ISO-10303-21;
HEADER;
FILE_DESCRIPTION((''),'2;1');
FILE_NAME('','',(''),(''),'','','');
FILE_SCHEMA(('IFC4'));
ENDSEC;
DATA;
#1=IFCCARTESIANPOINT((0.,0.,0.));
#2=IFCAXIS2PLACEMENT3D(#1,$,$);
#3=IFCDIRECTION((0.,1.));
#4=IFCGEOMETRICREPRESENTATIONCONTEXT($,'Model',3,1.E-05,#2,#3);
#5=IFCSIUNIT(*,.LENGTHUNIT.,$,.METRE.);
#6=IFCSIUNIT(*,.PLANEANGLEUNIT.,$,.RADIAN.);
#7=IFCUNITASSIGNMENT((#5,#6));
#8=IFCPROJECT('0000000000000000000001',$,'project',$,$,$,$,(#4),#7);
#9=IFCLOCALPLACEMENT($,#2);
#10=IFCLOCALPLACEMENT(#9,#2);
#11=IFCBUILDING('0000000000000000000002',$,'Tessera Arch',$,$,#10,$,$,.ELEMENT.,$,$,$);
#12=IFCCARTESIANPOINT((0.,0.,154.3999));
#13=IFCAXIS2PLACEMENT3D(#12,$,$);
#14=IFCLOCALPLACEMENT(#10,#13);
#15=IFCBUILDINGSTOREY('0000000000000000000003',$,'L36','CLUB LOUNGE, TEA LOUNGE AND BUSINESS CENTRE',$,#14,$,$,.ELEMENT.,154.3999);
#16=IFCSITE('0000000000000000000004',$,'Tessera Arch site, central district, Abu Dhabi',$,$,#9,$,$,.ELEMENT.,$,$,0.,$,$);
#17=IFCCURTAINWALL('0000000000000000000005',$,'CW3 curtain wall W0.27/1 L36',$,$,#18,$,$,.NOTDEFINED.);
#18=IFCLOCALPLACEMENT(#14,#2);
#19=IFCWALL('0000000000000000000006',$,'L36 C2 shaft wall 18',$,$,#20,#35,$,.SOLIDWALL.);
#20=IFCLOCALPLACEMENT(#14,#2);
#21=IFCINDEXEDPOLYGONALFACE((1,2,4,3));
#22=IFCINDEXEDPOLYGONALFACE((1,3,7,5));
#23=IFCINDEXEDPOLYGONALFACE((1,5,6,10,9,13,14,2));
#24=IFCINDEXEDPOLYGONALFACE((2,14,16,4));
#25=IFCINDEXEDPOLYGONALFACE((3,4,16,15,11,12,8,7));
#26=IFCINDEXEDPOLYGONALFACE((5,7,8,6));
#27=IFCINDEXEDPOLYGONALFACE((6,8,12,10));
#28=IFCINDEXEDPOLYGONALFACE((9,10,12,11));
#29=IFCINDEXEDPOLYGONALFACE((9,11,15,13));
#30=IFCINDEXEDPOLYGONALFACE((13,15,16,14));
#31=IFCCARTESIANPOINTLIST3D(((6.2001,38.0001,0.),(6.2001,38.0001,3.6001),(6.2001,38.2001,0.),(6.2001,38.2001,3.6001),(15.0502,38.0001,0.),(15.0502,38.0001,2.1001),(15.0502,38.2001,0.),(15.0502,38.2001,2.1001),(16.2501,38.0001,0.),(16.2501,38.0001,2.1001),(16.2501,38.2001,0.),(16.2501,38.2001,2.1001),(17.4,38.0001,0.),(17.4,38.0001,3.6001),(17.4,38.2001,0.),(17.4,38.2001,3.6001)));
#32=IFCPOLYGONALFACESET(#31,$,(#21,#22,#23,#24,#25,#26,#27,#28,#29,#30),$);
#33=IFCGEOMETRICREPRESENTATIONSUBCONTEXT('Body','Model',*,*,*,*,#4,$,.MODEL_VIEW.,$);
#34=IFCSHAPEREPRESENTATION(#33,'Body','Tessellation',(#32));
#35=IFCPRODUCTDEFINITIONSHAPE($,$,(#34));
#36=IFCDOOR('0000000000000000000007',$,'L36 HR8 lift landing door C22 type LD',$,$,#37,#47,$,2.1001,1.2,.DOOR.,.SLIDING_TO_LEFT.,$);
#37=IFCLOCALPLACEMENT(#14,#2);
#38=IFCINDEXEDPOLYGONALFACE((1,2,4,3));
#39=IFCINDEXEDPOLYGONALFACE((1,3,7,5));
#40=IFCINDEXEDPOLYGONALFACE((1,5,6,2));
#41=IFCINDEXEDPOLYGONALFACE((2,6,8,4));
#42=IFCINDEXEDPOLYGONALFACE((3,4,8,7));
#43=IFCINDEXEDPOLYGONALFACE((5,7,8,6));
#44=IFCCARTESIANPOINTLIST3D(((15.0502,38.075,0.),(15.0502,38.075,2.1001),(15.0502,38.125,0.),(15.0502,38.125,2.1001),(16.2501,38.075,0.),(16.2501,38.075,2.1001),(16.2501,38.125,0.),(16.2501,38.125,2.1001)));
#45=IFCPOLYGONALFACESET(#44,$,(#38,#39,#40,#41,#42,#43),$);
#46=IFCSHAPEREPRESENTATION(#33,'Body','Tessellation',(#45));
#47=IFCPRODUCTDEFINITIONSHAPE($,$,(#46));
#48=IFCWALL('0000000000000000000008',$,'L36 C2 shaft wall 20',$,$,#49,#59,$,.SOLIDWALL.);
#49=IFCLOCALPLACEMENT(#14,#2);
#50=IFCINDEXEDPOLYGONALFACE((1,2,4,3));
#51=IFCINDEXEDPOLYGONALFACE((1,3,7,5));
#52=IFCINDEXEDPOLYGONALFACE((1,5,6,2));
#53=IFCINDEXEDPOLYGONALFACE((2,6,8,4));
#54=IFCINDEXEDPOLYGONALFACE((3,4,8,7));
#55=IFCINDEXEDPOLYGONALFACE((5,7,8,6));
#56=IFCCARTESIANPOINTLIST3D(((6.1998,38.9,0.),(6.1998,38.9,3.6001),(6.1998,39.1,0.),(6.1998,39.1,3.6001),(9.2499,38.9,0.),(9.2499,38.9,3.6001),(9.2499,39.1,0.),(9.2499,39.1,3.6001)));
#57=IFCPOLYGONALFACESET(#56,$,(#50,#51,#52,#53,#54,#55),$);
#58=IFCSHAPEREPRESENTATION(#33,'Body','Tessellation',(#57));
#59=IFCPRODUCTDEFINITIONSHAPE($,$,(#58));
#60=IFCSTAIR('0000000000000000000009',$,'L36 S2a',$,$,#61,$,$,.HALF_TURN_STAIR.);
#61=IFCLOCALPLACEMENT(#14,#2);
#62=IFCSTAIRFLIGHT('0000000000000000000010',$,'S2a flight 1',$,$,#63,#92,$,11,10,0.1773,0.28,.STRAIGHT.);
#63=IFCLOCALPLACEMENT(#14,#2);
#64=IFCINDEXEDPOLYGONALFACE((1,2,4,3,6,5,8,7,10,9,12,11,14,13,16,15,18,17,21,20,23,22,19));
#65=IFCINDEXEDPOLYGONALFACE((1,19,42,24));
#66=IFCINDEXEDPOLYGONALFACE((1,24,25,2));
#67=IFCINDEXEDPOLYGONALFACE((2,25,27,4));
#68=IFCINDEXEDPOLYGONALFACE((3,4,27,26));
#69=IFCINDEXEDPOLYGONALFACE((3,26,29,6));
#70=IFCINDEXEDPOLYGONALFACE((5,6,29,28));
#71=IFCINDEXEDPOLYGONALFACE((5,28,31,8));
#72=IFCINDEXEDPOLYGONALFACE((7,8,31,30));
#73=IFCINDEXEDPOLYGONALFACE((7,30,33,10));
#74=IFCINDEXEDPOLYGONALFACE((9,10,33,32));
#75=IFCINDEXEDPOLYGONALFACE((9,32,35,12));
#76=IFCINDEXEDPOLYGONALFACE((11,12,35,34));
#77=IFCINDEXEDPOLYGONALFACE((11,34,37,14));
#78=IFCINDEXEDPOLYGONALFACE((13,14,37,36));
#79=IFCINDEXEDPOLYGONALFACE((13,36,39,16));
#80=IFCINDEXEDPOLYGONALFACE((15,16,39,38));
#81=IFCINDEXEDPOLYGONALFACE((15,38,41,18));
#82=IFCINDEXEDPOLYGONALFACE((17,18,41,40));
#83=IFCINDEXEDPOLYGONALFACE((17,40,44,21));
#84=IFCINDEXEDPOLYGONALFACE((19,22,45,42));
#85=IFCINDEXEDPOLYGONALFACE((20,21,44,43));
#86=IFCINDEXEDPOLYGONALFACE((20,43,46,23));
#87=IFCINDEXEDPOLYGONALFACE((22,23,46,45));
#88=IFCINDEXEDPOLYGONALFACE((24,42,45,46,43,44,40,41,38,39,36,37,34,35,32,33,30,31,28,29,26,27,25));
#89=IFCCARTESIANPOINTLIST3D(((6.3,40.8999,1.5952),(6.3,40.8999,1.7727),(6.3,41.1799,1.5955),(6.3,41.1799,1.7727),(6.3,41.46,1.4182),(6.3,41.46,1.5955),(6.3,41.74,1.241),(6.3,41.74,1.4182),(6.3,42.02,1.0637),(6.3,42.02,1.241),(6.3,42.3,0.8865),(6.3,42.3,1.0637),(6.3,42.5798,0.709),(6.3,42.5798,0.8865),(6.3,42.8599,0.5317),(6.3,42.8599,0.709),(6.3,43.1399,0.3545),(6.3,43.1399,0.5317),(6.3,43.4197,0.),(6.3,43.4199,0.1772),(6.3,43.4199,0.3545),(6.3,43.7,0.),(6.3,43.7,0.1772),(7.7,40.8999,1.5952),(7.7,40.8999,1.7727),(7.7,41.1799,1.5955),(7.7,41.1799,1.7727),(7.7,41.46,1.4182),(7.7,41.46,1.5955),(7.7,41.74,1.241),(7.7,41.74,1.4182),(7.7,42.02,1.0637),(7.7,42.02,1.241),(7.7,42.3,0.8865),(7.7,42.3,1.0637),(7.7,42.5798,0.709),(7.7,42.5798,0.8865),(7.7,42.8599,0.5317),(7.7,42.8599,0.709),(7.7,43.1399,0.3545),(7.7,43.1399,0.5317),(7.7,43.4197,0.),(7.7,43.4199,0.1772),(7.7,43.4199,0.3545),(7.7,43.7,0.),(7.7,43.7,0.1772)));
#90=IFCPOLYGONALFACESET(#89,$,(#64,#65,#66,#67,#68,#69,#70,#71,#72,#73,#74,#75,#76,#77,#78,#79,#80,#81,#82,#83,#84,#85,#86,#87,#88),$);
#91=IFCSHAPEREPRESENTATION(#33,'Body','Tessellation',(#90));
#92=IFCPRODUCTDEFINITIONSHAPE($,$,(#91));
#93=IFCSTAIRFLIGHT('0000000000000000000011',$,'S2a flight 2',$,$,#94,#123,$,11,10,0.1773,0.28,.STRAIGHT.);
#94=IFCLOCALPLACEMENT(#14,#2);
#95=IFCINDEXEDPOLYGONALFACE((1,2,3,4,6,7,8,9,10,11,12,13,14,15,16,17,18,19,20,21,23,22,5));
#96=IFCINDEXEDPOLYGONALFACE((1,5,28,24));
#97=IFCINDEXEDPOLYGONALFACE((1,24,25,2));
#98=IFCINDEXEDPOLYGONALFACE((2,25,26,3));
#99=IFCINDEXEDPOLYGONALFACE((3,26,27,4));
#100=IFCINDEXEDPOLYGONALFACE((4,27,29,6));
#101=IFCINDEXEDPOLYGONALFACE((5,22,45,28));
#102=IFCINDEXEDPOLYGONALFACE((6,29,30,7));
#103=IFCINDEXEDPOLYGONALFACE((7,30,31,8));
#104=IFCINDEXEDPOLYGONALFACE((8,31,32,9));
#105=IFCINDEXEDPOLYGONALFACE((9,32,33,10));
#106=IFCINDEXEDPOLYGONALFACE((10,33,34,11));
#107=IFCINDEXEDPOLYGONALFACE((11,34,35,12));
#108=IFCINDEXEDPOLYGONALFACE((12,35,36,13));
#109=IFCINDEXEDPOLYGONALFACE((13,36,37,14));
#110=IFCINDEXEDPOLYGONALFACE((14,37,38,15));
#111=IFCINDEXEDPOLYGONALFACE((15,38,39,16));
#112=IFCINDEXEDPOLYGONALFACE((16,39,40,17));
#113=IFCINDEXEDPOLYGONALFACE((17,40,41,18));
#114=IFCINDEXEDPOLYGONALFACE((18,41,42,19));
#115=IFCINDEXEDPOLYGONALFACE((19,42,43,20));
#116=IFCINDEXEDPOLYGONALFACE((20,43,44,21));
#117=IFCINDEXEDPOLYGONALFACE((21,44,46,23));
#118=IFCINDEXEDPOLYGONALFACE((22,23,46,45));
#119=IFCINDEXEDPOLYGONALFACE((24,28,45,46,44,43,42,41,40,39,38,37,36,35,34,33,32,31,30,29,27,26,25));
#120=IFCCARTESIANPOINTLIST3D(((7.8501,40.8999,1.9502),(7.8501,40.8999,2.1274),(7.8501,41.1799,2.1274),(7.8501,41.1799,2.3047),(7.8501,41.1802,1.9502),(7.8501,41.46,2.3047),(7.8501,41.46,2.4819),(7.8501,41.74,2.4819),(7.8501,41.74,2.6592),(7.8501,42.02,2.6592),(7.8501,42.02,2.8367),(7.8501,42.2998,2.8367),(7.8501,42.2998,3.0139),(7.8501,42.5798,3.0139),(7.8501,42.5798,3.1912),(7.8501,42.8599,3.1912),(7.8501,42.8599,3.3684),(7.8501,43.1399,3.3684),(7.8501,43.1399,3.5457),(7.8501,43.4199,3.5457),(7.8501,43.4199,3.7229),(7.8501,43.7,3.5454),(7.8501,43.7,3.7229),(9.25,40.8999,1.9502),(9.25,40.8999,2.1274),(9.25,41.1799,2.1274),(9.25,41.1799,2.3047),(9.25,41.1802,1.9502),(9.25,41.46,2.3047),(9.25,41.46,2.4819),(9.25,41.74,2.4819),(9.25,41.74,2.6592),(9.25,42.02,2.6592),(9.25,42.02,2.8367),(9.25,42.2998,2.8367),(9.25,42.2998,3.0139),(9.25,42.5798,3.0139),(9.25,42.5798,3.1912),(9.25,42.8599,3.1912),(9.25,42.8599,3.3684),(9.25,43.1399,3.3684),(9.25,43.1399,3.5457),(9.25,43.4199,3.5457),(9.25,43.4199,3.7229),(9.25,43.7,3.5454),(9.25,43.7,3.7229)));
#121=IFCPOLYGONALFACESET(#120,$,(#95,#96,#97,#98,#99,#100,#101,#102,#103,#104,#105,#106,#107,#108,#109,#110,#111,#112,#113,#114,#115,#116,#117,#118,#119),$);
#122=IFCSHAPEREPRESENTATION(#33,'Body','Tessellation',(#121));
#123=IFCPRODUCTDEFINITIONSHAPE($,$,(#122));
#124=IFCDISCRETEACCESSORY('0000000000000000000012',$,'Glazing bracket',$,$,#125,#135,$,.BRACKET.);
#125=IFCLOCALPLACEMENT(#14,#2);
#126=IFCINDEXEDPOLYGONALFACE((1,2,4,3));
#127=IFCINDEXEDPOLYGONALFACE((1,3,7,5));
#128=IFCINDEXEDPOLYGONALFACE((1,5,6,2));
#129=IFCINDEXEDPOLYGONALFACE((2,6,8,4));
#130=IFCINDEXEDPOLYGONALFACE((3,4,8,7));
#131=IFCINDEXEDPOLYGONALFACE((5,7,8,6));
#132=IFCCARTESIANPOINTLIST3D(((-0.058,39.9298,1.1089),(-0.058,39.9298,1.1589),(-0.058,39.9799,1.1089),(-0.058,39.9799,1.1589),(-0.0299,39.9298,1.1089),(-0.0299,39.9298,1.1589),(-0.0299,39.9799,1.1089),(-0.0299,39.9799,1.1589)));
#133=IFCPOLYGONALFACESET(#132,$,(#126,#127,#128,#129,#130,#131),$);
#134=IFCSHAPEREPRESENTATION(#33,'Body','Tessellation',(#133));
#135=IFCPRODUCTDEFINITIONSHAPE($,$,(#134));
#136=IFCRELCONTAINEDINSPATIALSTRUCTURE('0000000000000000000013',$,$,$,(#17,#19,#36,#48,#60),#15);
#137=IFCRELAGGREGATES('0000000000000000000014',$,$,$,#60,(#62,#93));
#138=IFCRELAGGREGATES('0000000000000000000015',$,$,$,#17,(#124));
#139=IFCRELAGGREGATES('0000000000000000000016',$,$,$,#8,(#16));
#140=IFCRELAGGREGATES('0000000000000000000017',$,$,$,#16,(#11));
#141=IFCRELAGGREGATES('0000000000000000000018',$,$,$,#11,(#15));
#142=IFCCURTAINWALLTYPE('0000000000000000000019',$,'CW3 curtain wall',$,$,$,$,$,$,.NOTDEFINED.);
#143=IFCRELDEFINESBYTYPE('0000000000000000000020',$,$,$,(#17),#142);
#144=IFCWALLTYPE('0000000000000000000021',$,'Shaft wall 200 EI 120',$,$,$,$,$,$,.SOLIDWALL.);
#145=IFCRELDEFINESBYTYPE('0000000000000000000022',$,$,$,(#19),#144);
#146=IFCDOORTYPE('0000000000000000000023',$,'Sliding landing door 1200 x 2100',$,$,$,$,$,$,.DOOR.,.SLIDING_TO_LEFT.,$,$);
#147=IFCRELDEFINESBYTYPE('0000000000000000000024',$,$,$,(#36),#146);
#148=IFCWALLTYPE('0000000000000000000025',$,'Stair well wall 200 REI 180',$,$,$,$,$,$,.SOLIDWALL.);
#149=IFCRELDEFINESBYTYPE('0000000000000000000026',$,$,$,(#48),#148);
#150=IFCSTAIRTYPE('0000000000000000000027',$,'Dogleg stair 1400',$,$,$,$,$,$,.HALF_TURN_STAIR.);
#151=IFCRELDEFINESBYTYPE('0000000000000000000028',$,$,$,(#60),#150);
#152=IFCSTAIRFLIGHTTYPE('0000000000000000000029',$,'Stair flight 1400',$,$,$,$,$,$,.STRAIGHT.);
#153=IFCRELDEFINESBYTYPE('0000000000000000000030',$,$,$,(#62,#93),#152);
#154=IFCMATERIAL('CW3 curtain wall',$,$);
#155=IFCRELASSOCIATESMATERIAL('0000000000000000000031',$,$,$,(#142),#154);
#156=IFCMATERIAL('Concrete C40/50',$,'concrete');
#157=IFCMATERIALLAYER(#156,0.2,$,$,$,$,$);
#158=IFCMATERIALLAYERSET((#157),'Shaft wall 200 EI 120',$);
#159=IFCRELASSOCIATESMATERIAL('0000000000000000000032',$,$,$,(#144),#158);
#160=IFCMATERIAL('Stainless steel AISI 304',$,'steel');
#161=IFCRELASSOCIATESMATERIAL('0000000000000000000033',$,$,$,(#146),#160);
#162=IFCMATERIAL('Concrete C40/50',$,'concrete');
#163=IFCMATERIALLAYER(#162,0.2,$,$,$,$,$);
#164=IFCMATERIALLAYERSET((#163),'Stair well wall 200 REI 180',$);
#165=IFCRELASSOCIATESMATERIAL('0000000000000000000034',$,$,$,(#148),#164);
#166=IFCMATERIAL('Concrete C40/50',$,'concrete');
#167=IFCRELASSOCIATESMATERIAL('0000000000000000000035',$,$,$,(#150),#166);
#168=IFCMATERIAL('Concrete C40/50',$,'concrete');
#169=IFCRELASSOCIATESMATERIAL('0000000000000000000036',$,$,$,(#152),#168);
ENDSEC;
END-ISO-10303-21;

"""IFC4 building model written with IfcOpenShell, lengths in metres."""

from ifc_helpers import new_model, si_unit, direction, frame, frame_2d, origin, origin_2d, place, context, subcontext, project, spatial, polyline, rectangle, outline, extrude, material, layer, layer_set, type_object, element, fill, aggregate, save


model = new_model("IFC4")

# Units and contexts
model_context = context("Model", 3, precision=1e-05, world=origin(), true_north=direction((0.0, 1.0)))
body_context = subcontext(model_context, "Body", "Model", "MODEL_VIEW")
ifc_project = project(units=[si_unit("LENGTHUNIT", "METRE"), si_unit("PLANEANGLEUNIT", "RADIAN")], contexts=[model_context])

# Site, building, storey
site_placement = place(None, origin())
site = spatial("IfcSite", under=ifc_project, at=site_placement, Name="Tessera Arch site, central district, Abu Dhabi", CompositionType="ELEMENT", RefElevation=0.0)
building_placement = place(site_placement, origin())
building = spatial("IfcBuilding", under=site, at=building_placement, Name="Tessera Arch", CompositionType="ELEMENT")
storey_placement = place(building_placement, frame((0.0, 0.0, 154.3999)))
storey = spatial("IfcBuildingStorey", under=building, at=storey_placement, Name="L36", Description="CLUB LOUNGE, TEA LOUNGE AND BUSINESS CENTRE", CompositionType="ELEMENT", Elevation=154.3999)

# Curtain wall
ifc_material_1 = material(Name="CW3 curtain wall")
curtain_wall_type_1 = type_object("IfcCurtainWallType", Name="CW3 curtain wall", PredefinedType="NOTDEFINED", material=ifc_material_1)
curtain_wall_1_placement = place(storey_placement, origin())
curtain_wall_1 = element("IfcCurtainWall", 1, at=curtain_wall_1_placement, inside=storey, type_object=curtain_wall_type_1, Name="CW3 curtain wall W0.27/1 L36", PredefinedType="NOTDEFINED")

# Wall, opening, door
ifc_material_2 = material(Name="Concrete C40/50", Category="concrete")
ifc_layer_1 = layer(ifc_material_2, 0.2)
ifc_layer_set_1 = layer_set([ifc_layer_1], Name="Shaft wall 200 EI 120")
wall_type_1 = type_object("IfcWallType", Name="Shaft wall 200 EI 120", PredefinedType="SOLIDWALL", material=ifc_layer_set_1)
wall_1_placement = place(storey_placement, frame((6.2, 38.1001, 0.0), z_axis=(0.0, 0.0, 1.0), x_axis=(1.0, 0.0, 0.0)))
wall_1 = element("IfcWall", 2, at=wall_1_placement, inside=storey, type_object=wall_type_1, Name="L36 C2 shaft wall 18", PredefinedType="SOLIDWALL", context=body_context, shape_type="SweptSolid", body=[
    extrude(rectangle(XDim=11.2, YDim=0.2, at=frame_2d((5.6001, 0.0))), origin(), (0.0, 0.0, 1.0), 3.6001),
])
opening_1_placement = place(wall_1_placement, frame((8.8501, 0.0, 0.0)))
opening_1 = element("IfcOpeningElement", 3, at=opening_1_placement, cuts=wall_1, PredefinedType="OPENING", context=body_context, shape_type="SweptSolid", body=[
    extrude(rectangle(XDim=1.2, YDim=2.1001, at=frame_2d((0.6001, 1.05))), frame((0.0, 0.1099, 0.0), z_axis=(0.0, -1.0, 0.0), x_axis=(1.0, 0.0, 0.0)), (0.0, 0.0, 1.0), 0.22),
])
ifc_material_3 = material(Name="Stainless steel AISI 304", Category="steel")
door_type_1 = type_object("IfcDoorType", Name="Sliding landing door 1200 x 2100", OperationType="SLIDING_TO_LEFT", PredefinedType="DOOR", material=ifc_material_3)
door_1_placement = place(opening_1_placement, origin())
door_1 = element("IfcDoor", 4, at=door_1_placement, inside=storey, type_object=door_type_1, Name="L36 HR8 lift landing door C22 type LD", OperationType="SLIDING_TO_LEFT", OverallHeight=2.1001, OverallWidth=1.2, PredefinedType="DOOR", context=body_context, shape_type="SweptSolid", body=[
    extrude(rectangle(XDim=1.2, YDim=2.1001, at=frame_2d((0.6001, 1.05))), frame((0.0, 0.0249, 0.0), z_axis=(0.0, -1.0, 0.0), x_axis=(1.0, 0.0, 0.0)), (0.0, 0.0, 1.0), 0.05),
])
fill(opening_1, door_1)

# Wall
ifc_material_4 = material(Name="Concrete C40/50", Category="concrete")
ifc_layer_2 = layer(ifc_material_4, 0.2)
ifc_layer_set_2 = layer_set([ifc_layer_2], Name="Stair well wall 200 REI 180")
wall_type_2 = type_object("IfcWallType", Name="Stair well wall 200 REI 180", PredefinedType="SOLIDWALL", material=ifc_layer_set_2)
wall_2_placement = place(storey_placement, frame((6.2, 39.0, 0.0), z_axis=(0.0, 0.0, 1.0), x_axis=(1.0, 0.0, 0.0)))
element("IfcWall", 5, at=wall_2_placement, inside=storey, type_object=wall_type_2, Name="L36 C2 shaft wall 20", PredefinedType="SOLIDWALL", context=body_context, shape_type="SweptSolid", body=[
    extrude(rectangle(XDim=3.05, YDim=0.2, at=frame_2d((1.5249, 0.0))), origin(), (0.0, 0.0, 1.0), 3.6001),
])

# Stair, stair flights
ifc_material_5 = material(Name="Concrete C40/50", Category="concrete")
stair_type = type_object("IfcStairType", Name="Dogleg stair 1400", PredefinedType="HALF_TURN_STAIR", material=ifc_material_5)
stair_placement = place(storey_placement, origin())
stair = element("IfcStair", 6, at=stair_placement, inside=storey, type_object=stair_type, Name="L36 S2a", PredefinedType="HALF_TURN_STAIR")
ifc_material_6 = material(Name="Concrete C40/50", Category="concrete")
stair_flight_type = type_object("IfcStairFlightType", Name="Stair flight 1400", PredefinedType="STRAIGHT", material=ifc_material_6)
stair_flight_1_placement = place(storey_placement, frame((7.0, 43.7, 0.0), z_axis=(0.0, 0.0, 1.0), x_axis=(0.0, -1.0, 0.0)))
stair_flight_1 = element("IfcStairFlight", 7, at=stair_flight_1_placement, type_object=stair_flight_type, Name="S2a flight 1", NumberOfRisers=11, NumberOfTreads=10, PredefinedType="STRAIGHT", RiserHeight=0.1773, TreadLength=0.28, context=body_context, shape_type="SweptSolid", body=[
    extrude(outline(polyline([(0.0, 0.0), (0.0, 0.1772), (0.28, 0.1772), (0.28, 0.3545), (0.5601, 0.3545), (0.5601, 0.5317), (0.8401, 0.5317), (0.8401, 0.709), (1.1201, 0.709), (1.1201, 0.8865), (1.3999, 0.8865), (1.3999, 1.0637), (1.6799, 1.0637), (1.6799, 1.241), (1.96, 1.241), (1.96, 1.4182), (2.24, 1.4182), (2.24, 1.5955), (2.52, 1.5955), (2.52, 1.7727), (2.8, 1.7727), (2.8, 1.95), (2.8, 1.5952), (0.2803, 0.0), (0.0, 0.0)])), frame((0.0, 0.7, 0.0), z_axis=(0.0, -1.0, 0.0), x_axis=(1.0, 0.0, 0.0)), (0.0, 0.0, 1.0), 1.3999),
])
stair_flight_2_placement = place(storey_placement, frame((8.55, 40.8999, 1.9502), z_axis=(0.0, 0.0, 1.0), x_axis=(0.0, 1.0, 0.0)))
stair_flight_2 = element("IfcStairFlight", 8, at=stair_flight_2_placement, type_object=stair_flight_type, Name="S2a flight 2", NumberOfRisers=11, NumberOfTreads=10, PredefinedType="STRAIGHT", RiserHeight=0.1773, TreadLength=0.28, context=body_context, shape_type="SweptSolid", body=[
    extrude(outline(polyline([(0.0, 0.0), (0.0, 0.1772), (0.28, 0.1772), (0.28, 0.3545), (0.5601, 0.3545), (0.5601, 0.5317), (0.8401, 0.5317), (0.8401, 0.709), (1.1201, 0.709), (1.1201, 0.8865), (1.3999, 0.8865), (1.3999, 1.0637), (1.6799, 1.0637), (1.6799, 1.241), (1.96, 1.241), (1.96, 1.4182), (2.24, 1.4182), (2.24, 1.5955), (2.52, 1.5955), (2.52, 1.7727), (2.8, 1.7727), (2.8, 1.95), (2.8, 1.5952), (0.2803, 0.0), (0.0, 0.0)])), frame((0.0, 0.7, 0.0), z_axis=(0.0, -1.0, 0.0), x_axis=(1.0, 0.0, 0.0)), (0.0, 0.0, 1.0), 1.3999),
])
aggregate(stair, [stair_flight_1, stair_flight_2])

# Discrete accessory
discrete_accessory_placement = place(storey_placement, frame((-0.0439, 39.9548, 1.1089), z_axis=(0.0, 0.0, 1.0), x_axis=(0.0, -1.0, 0.0)))
discrete_accessory = element("IfcDiscreteAccessory", 9, at=discrete_accessory_placement, Name="Glazing bracket", PredefinedType="BRACKET", context=body_context, shape_type="SweptSolid", body=[
    extrude(rectangle(XDim=0.05, YDim=0.0281, at=origin_2d()), origin(), (0.0, 0.0, 1.0), 0.05),
])
aggregate(curtain_wall_1, [discrete_accessory])

save(model, "model.ifc")
